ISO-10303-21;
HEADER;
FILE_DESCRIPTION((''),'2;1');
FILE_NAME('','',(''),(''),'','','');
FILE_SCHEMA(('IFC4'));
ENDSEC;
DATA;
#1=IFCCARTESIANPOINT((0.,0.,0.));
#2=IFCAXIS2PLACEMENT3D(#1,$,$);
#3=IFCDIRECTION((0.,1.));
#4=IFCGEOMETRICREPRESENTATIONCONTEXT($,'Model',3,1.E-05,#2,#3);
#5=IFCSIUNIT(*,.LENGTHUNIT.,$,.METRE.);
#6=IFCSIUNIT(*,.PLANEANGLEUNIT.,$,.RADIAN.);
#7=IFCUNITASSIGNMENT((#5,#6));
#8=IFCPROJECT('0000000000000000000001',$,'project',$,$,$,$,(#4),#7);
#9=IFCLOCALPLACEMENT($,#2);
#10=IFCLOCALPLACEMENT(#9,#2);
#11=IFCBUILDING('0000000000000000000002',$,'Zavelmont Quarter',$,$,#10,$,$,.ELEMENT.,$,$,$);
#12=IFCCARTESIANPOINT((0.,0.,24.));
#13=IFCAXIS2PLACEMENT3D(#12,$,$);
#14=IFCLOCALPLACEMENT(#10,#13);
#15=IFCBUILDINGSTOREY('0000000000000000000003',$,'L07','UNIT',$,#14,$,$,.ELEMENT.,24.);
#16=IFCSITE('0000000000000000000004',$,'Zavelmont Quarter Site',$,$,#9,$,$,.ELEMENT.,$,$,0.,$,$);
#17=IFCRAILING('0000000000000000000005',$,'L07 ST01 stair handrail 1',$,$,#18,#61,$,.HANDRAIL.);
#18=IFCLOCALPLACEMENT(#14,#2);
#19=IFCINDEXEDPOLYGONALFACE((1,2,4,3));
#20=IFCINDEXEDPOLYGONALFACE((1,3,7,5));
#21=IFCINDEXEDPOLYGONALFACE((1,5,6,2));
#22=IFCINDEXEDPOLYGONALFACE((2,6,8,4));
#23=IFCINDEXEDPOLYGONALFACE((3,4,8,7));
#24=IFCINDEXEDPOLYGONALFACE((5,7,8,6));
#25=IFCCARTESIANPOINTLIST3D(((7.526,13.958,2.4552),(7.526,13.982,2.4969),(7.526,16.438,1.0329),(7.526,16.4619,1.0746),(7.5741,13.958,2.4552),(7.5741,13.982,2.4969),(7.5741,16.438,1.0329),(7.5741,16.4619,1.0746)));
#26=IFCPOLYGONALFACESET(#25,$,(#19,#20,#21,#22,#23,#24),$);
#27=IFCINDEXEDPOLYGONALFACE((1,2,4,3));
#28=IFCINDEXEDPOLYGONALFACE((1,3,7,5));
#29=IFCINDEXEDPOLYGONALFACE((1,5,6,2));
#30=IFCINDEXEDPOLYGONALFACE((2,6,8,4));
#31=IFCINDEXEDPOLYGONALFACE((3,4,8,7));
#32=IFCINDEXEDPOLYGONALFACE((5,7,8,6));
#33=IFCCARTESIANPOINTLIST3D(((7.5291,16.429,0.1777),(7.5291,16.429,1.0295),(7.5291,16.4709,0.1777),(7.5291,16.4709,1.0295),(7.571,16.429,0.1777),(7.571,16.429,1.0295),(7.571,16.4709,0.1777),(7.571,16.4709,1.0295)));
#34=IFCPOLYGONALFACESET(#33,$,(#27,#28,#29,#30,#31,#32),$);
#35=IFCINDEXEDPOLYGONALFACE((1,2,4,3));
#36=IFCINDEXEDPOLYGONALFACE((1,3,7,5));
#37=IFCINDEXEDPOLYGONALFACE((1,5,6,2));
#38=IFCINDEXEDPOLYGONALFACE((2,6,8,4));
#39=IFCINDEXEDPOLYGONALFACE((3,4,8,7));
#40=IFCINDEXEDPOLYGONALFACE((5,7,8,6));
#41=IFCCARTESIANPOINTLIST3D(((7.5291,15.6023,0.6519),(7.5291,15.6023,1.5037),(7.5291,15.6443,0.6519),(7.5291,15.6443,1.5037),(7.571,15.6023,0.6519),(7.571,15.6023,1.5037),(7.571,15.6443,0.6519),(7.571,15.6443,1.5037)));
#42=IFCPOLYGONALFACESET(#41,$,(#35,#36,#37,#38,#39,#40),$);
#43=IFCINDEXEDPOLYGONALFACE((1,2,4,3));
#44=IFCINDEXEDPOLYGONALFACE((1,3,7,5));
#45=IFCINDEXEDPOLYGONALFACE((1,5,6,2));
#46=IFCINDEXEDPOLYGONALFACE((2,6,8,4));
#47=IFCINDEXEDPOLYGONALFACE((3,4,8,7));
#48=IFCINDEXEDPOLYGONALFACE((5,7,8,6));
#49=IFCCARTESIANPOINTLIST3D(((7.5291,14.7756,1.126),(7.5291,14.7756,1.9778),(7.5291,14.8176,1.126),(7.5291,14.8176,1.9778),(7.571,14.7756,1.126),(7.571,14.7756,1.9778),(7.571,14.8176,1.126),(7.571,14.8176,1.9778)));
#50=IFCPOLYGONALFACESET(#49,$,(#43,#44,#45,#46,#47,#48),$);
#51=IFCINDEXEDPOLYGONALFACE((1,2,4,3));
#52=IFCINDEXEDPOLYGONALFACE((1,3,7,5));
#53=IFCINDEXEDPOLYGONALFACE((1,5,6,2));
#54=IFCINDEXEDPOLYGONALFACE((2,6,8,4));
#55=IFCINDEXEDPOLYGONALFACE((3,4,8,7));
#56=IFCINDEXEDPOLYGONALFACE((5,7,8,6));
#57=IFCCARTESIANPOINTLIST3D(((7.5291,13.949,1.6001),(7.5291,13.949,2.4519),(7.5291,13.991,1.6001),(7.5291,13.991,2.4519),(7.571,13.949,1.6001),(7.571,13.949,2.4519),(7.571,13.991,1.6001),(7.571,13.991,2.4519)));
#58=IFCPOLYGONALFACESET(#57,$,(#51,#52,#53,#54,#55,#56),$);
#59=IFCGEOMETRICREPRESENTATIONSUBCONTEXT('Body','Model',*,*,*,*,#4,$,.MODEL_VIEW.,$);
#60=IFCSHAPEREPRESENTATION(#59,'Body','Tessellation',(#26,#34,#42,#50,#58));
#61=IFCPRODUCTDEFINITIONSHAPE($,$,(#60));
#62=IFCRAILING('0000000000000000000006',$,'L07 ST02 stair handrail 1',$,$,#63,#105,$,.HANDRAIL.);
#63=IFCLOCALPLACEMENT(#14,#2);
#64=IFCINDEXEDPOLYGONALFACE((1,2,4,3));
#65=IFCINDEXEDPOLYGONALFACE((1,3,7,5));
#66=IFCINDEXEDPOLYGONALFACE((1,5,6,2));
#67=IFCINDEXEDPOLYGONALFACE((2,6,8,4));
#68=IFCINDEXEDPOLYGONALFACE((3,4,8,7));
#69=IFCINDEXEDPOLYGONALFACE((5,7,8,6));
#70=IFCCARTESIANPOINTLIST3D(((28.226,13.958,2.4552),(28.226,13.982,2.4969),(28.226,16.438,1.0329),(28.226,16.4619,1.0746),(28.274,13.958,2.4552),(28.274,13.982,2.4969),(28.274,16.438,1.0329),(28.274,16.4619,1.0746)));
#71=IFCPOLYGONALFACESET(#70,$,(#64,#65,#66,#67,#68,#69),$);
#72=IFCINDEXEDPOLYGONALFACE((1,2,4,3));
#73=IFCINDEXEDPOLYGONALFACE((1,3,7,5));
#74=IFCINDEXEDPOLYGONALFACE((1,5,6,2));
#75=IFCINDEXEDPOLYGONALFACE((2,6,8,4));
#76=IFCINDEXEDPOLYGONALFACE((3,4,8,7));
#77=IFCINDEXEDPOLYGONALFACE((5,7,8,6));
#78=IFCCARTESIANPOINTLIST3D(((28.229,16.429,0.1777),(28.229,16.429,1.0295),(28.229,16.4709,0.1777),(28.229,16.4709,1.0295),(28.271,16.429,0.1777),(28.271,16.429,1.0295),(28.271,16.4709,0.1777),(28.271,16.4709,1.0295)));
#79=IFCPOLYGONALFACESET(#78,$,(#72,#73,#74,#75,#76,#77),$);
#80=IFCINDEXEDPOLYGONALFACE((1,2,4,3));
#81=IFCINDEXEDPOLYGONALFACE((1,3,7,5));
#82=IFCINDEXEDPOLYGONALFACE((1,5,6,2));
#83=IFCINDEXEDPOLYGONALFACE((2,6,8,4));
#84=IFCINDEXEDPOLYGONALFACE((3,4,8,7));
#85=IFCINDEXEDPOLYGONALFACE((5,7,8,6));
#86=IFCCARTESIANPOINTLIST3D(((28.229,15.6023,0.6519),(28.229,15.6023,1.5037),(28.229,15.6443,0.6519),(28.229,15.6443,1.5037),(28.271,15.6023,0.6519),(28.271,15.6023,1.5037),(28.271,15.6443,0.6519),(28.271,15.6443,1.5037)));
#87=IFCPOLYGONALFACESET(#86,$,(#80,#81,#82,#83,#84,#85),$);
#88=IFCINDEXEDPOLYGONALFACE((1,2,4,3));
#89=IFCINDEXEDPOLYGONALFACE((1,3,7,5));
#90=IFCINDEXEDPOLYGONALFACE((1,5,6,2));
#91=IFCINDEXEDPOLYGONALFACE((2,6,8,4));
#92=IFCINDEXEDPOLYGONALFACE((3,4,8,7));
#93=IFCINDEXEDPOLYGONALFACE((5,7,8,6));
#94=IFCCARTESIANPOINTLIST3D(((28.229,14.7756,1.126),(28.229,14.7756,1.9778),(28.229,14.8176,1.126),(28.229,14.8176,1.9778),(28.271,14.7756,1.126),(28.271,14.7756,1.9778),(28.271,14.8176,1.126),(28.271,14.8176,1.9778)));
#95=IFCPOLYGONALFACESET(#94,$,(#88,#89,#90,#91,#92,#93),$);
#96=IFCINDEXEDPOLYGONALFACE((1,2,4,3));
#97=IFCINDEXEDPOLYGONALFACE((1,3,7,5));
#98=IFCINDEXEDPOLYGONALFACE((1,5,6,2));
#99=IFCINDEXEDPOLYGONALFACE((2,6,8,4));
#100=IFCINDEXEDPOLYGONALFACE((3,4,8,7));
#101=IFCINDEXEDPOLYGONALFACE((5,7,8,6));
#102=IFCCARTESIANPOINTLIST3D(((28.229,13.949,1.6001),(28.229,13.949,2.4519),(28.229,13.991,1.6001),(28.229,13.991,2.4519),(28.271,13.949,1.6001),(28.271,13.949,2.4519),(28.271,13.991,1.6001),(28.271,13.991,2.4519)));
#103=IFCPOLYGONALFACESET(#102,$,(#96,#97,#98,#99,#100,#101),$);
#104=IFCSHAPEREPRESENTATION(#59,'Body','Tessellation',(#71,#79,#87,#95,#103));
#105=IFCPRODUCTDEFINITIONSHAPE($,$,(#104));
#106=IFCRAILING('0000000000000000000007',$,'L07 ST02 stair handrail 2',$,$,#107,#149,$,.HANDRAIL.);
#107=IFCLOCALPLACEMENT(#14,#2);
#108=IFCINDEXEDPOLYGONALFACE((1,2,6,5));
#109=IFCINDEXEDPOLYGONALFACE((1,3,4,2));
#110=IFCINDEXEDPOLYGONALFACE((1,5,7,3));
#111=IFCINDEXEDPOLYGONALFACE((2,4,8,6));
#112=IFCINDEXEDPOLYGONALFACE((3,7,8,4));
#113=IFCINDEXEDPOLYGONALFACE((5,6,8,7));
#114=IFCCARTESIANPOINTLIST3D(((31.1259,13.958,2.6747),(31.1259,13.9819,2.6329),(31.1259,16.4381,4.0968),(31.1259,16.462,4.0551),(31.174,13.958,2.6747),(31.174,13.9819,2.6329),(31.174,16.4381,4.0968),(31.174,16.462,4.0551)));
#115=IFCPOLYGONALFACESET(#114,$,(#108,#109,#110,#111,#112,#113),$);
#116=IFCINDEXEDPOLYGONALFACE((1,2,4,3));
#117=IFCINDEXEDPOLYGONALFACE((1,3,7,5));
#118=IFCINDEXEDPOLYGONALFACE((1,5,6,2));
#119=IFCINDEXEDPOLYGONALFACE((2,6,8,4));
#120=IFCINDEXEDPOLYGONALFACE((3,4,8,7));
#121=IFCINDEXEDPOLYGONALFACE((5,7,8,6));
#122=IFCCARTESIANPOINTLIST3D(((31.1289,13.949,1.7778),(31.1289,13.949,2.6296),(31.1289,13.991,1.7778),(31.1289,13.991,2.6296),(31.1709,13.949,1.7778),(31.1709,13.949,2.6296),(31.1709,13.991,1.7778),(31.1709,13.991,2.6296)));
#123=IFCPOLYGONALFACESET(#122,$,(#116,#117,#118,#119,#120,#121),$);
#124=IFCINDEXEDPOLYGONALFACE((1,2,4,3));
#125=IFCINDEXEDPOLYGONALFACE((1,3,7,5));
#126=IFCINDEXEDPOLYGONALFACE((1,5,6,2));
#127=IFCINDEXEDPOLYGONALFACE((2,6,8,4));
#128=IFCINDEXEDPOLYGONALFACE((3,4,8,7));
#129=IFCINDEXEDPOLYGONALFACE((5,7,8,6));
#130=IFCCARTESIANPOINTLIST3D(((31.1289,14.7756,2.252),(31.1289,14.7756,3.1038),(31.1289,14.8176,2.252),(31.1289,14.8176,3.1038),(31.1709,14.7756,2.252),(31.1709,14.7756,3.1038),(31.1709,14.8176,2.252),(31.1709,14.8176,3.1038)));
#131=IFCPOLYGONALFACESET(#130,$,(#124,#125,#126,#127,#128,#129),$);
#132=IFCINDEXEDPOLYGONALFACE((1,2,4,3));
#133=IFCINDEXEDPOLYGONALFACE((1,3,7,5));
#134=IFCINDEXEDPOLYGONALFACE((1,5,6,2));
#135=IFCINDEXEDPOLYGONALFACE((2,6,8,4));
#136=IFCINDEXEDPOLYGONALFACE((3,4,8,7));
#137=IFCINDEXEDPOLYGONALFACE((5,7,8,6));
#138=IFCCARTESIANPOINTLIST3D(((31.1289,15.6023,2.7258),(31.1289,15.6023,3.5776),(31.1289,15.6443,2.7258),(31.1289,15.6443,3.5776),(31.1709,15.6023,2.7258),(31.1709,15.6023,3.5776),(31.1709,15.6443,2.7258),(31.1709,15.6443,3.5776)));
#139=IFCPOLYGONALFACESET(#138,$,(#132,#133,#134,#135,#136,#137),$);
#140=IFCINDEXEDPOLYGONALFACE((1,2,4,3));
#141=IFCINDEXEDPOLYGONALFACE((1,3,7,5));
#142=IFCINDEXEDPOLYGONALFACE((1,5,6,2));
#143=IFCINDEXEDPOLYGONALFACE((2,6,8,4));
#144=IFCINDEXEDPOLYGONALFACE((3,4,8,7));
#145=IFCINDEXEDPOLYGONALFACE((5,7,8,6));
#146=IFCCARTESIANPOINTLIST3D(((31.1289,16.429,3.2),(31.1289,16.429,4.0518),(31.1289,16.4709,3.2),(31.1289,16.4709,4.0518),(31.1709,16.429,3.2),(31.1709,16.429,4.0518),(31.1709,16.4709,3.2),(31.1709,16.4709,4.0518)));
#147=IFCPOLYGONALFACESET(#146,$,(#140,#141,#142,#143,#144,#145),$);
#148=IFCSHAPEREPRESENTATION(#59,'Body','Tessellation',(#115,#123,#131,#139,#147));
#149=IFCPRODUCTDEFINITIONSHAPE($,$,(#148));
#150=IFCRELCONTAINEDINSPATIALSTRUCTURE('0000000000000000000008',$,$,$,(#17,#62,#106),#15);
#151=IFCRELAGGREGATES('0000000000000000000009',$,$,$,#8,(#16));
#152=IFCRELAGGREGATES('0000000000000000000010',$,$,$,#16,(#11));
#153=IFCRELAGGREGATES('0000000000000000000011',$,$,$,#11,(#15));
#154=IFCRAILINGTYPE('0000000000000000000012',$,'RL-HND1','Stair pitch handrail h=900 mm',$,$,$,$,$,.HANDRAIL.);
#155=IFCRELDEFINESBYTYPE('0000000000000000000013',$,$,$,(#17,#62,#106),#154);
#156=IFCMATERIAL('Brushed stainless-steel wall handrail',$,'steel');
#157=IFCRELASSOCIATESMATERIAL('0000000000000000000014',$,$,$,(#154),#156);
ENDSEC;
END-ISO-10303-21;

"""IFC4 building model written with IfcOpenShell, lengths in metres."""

from ifc_helpers import new_model, si_unit, direction, frame, origin, origin_2d, place, context, subcontext, project, spatial, rectangle, extrude, material, type_object, element, save


model = new_model("IFC4")

# Units and contexts
model_context = context("Model", 3, precision=1e-05, world=origin(), true_north=direction((0.0, 1.0)))
body_context = subcontext(model_context, "Body", "Model", "MODEL_VIEW")
ifc_project = project(units=[si_unit("LENGTHUNIT", "METRE"), si_unit("PLANEANGLEUNIT", "RADIAN")], contexts=[model_context])

# Site, building, storey
site_placement = place(None, origin())
site = spatial("IfcSite", under=ifc_project, at=site_placement, Name="Zavelmont Quarter Site", CompositionType="ELEMENT", RefElevation=0.0)
building_placement = place(site_placement, origin())
building = spatial("IfcBuilding", under=site, at=building_placement, Name="Zavelmont Quarter", CompositionType="ELEMENT")
storey_placement = place(building_placement, frame((0.0, 0.0, 24.0)))
storey = spatial("IfcBuildingStorey", under=building, at=storey_placement, Name="L07", Description="UNIT", CompositionType="ELEMENT", Elevation=24.0)

# Railings
ifc_material_1 = material(Name="Brushed stainless-steel wall handrail", Category="steel")
railing_type_1 = type_object("IfcRailingType", Name="RL-HND1", Description="Stair pitch handrail h=900 mm", PredefinedType="HANDRAIL", material=ifc_material_1)
for number, where, name in (
    (1, (7.55, 16.45, 0.1777), "L07 ST01 stair handrail 1"),
    (2, (28.25, 16.45, 0.1777), "L07 ST02 stair handrail 1"),
):
    element("IfcRailing", number, at=place(storey_placement, frame(where)), inside=storey, type_object=railing_type_1, Name=name, PredefinedType="HANDRAIL", context=body_context, shape_type="SweptSolid", body=[
        extrude(rectangle(XDim=0.0481, YDim=0.0481, at=origin_2d()), frame((0.0, 0.0, 0.876), z_axis=(0.0, -0.867454, 0.497518), x_axis=(1.0, 0.0, 0.0)), (0.0, 0.0, 1.0), 2.8589),
        extrude(rectangle(XDim=0.042, YDim=0.042, at=origin_2d()), origin(), (0.0, 0.0, 1.0), 0.8518),
        extrude(rectangle(XDim=0.042, YDim=0.042, at=origin_2d()), frame((0.0, -0.8267, 0.4741)), (0.0, 0.0, 1.0), 0.8518),
        extrude(rectangle(XDim=0.042, YDim=0.042, at=origin_2d()), frame((0.0, -1.6533, 0.9482)), (0.0, 0.0, 1.0), 0.8518),
        extrude(rectangle(XDim=0.042, YDim=0.042, at=origin_2d()), frame((0.0, -2.48, 1.4224)), (0.0, 0.0, 1.0), 0.8518),
    ])
railing_1_placement = place(storey_placement, frame((31.1499, 13.97, 1.7778)))
element("IfcRailing", 3, at=railing_1_placement, inside=storey, type_object=railing_type_1, Name="L07 ST02 stair handrail 2", PredefinedType="HANDRAIL", context=body_context, shape_type="SweptSolid", body=[
    extrude(rectangle(XDim=0.0481, YDim=0.0481, at=origin_2d()), frame((0.0, 0.0, 0.876), z_axis=(0.0, 0.867491, 0.497454), x_axis=(-1.0, 0.0, 0.0)), (0.0, 0.0, 1.0), 2.8589),
    extrude(rectangle(XDim=0.042, YDim=0.042, at=origin_2d()), origin(), (0.0, 0.0, 1.0), 0.8518),
    extrude(rectangle(XDim=0.042, YDim=0.042, at=origin_2d()), frame((0.0, 0.8267, 0.4741)), (0.0, 0.0, 1.0), 0.8518),
    extrude(rectangle(XDim=0.042, YDim=0.042, at=origin_2d()), frame((0.0, 1.6533, 0.948)), (0.0, 0.0, 1.0), 0.8518),
    extrude(rectangle(XDim=0.042, YDim=0.042, at=origin_2d()), frame((0.0, 2.48, 1.4221)), (0.0, 0.0, 1.0), 0.8518),
])

save(model, "model.ifc")
